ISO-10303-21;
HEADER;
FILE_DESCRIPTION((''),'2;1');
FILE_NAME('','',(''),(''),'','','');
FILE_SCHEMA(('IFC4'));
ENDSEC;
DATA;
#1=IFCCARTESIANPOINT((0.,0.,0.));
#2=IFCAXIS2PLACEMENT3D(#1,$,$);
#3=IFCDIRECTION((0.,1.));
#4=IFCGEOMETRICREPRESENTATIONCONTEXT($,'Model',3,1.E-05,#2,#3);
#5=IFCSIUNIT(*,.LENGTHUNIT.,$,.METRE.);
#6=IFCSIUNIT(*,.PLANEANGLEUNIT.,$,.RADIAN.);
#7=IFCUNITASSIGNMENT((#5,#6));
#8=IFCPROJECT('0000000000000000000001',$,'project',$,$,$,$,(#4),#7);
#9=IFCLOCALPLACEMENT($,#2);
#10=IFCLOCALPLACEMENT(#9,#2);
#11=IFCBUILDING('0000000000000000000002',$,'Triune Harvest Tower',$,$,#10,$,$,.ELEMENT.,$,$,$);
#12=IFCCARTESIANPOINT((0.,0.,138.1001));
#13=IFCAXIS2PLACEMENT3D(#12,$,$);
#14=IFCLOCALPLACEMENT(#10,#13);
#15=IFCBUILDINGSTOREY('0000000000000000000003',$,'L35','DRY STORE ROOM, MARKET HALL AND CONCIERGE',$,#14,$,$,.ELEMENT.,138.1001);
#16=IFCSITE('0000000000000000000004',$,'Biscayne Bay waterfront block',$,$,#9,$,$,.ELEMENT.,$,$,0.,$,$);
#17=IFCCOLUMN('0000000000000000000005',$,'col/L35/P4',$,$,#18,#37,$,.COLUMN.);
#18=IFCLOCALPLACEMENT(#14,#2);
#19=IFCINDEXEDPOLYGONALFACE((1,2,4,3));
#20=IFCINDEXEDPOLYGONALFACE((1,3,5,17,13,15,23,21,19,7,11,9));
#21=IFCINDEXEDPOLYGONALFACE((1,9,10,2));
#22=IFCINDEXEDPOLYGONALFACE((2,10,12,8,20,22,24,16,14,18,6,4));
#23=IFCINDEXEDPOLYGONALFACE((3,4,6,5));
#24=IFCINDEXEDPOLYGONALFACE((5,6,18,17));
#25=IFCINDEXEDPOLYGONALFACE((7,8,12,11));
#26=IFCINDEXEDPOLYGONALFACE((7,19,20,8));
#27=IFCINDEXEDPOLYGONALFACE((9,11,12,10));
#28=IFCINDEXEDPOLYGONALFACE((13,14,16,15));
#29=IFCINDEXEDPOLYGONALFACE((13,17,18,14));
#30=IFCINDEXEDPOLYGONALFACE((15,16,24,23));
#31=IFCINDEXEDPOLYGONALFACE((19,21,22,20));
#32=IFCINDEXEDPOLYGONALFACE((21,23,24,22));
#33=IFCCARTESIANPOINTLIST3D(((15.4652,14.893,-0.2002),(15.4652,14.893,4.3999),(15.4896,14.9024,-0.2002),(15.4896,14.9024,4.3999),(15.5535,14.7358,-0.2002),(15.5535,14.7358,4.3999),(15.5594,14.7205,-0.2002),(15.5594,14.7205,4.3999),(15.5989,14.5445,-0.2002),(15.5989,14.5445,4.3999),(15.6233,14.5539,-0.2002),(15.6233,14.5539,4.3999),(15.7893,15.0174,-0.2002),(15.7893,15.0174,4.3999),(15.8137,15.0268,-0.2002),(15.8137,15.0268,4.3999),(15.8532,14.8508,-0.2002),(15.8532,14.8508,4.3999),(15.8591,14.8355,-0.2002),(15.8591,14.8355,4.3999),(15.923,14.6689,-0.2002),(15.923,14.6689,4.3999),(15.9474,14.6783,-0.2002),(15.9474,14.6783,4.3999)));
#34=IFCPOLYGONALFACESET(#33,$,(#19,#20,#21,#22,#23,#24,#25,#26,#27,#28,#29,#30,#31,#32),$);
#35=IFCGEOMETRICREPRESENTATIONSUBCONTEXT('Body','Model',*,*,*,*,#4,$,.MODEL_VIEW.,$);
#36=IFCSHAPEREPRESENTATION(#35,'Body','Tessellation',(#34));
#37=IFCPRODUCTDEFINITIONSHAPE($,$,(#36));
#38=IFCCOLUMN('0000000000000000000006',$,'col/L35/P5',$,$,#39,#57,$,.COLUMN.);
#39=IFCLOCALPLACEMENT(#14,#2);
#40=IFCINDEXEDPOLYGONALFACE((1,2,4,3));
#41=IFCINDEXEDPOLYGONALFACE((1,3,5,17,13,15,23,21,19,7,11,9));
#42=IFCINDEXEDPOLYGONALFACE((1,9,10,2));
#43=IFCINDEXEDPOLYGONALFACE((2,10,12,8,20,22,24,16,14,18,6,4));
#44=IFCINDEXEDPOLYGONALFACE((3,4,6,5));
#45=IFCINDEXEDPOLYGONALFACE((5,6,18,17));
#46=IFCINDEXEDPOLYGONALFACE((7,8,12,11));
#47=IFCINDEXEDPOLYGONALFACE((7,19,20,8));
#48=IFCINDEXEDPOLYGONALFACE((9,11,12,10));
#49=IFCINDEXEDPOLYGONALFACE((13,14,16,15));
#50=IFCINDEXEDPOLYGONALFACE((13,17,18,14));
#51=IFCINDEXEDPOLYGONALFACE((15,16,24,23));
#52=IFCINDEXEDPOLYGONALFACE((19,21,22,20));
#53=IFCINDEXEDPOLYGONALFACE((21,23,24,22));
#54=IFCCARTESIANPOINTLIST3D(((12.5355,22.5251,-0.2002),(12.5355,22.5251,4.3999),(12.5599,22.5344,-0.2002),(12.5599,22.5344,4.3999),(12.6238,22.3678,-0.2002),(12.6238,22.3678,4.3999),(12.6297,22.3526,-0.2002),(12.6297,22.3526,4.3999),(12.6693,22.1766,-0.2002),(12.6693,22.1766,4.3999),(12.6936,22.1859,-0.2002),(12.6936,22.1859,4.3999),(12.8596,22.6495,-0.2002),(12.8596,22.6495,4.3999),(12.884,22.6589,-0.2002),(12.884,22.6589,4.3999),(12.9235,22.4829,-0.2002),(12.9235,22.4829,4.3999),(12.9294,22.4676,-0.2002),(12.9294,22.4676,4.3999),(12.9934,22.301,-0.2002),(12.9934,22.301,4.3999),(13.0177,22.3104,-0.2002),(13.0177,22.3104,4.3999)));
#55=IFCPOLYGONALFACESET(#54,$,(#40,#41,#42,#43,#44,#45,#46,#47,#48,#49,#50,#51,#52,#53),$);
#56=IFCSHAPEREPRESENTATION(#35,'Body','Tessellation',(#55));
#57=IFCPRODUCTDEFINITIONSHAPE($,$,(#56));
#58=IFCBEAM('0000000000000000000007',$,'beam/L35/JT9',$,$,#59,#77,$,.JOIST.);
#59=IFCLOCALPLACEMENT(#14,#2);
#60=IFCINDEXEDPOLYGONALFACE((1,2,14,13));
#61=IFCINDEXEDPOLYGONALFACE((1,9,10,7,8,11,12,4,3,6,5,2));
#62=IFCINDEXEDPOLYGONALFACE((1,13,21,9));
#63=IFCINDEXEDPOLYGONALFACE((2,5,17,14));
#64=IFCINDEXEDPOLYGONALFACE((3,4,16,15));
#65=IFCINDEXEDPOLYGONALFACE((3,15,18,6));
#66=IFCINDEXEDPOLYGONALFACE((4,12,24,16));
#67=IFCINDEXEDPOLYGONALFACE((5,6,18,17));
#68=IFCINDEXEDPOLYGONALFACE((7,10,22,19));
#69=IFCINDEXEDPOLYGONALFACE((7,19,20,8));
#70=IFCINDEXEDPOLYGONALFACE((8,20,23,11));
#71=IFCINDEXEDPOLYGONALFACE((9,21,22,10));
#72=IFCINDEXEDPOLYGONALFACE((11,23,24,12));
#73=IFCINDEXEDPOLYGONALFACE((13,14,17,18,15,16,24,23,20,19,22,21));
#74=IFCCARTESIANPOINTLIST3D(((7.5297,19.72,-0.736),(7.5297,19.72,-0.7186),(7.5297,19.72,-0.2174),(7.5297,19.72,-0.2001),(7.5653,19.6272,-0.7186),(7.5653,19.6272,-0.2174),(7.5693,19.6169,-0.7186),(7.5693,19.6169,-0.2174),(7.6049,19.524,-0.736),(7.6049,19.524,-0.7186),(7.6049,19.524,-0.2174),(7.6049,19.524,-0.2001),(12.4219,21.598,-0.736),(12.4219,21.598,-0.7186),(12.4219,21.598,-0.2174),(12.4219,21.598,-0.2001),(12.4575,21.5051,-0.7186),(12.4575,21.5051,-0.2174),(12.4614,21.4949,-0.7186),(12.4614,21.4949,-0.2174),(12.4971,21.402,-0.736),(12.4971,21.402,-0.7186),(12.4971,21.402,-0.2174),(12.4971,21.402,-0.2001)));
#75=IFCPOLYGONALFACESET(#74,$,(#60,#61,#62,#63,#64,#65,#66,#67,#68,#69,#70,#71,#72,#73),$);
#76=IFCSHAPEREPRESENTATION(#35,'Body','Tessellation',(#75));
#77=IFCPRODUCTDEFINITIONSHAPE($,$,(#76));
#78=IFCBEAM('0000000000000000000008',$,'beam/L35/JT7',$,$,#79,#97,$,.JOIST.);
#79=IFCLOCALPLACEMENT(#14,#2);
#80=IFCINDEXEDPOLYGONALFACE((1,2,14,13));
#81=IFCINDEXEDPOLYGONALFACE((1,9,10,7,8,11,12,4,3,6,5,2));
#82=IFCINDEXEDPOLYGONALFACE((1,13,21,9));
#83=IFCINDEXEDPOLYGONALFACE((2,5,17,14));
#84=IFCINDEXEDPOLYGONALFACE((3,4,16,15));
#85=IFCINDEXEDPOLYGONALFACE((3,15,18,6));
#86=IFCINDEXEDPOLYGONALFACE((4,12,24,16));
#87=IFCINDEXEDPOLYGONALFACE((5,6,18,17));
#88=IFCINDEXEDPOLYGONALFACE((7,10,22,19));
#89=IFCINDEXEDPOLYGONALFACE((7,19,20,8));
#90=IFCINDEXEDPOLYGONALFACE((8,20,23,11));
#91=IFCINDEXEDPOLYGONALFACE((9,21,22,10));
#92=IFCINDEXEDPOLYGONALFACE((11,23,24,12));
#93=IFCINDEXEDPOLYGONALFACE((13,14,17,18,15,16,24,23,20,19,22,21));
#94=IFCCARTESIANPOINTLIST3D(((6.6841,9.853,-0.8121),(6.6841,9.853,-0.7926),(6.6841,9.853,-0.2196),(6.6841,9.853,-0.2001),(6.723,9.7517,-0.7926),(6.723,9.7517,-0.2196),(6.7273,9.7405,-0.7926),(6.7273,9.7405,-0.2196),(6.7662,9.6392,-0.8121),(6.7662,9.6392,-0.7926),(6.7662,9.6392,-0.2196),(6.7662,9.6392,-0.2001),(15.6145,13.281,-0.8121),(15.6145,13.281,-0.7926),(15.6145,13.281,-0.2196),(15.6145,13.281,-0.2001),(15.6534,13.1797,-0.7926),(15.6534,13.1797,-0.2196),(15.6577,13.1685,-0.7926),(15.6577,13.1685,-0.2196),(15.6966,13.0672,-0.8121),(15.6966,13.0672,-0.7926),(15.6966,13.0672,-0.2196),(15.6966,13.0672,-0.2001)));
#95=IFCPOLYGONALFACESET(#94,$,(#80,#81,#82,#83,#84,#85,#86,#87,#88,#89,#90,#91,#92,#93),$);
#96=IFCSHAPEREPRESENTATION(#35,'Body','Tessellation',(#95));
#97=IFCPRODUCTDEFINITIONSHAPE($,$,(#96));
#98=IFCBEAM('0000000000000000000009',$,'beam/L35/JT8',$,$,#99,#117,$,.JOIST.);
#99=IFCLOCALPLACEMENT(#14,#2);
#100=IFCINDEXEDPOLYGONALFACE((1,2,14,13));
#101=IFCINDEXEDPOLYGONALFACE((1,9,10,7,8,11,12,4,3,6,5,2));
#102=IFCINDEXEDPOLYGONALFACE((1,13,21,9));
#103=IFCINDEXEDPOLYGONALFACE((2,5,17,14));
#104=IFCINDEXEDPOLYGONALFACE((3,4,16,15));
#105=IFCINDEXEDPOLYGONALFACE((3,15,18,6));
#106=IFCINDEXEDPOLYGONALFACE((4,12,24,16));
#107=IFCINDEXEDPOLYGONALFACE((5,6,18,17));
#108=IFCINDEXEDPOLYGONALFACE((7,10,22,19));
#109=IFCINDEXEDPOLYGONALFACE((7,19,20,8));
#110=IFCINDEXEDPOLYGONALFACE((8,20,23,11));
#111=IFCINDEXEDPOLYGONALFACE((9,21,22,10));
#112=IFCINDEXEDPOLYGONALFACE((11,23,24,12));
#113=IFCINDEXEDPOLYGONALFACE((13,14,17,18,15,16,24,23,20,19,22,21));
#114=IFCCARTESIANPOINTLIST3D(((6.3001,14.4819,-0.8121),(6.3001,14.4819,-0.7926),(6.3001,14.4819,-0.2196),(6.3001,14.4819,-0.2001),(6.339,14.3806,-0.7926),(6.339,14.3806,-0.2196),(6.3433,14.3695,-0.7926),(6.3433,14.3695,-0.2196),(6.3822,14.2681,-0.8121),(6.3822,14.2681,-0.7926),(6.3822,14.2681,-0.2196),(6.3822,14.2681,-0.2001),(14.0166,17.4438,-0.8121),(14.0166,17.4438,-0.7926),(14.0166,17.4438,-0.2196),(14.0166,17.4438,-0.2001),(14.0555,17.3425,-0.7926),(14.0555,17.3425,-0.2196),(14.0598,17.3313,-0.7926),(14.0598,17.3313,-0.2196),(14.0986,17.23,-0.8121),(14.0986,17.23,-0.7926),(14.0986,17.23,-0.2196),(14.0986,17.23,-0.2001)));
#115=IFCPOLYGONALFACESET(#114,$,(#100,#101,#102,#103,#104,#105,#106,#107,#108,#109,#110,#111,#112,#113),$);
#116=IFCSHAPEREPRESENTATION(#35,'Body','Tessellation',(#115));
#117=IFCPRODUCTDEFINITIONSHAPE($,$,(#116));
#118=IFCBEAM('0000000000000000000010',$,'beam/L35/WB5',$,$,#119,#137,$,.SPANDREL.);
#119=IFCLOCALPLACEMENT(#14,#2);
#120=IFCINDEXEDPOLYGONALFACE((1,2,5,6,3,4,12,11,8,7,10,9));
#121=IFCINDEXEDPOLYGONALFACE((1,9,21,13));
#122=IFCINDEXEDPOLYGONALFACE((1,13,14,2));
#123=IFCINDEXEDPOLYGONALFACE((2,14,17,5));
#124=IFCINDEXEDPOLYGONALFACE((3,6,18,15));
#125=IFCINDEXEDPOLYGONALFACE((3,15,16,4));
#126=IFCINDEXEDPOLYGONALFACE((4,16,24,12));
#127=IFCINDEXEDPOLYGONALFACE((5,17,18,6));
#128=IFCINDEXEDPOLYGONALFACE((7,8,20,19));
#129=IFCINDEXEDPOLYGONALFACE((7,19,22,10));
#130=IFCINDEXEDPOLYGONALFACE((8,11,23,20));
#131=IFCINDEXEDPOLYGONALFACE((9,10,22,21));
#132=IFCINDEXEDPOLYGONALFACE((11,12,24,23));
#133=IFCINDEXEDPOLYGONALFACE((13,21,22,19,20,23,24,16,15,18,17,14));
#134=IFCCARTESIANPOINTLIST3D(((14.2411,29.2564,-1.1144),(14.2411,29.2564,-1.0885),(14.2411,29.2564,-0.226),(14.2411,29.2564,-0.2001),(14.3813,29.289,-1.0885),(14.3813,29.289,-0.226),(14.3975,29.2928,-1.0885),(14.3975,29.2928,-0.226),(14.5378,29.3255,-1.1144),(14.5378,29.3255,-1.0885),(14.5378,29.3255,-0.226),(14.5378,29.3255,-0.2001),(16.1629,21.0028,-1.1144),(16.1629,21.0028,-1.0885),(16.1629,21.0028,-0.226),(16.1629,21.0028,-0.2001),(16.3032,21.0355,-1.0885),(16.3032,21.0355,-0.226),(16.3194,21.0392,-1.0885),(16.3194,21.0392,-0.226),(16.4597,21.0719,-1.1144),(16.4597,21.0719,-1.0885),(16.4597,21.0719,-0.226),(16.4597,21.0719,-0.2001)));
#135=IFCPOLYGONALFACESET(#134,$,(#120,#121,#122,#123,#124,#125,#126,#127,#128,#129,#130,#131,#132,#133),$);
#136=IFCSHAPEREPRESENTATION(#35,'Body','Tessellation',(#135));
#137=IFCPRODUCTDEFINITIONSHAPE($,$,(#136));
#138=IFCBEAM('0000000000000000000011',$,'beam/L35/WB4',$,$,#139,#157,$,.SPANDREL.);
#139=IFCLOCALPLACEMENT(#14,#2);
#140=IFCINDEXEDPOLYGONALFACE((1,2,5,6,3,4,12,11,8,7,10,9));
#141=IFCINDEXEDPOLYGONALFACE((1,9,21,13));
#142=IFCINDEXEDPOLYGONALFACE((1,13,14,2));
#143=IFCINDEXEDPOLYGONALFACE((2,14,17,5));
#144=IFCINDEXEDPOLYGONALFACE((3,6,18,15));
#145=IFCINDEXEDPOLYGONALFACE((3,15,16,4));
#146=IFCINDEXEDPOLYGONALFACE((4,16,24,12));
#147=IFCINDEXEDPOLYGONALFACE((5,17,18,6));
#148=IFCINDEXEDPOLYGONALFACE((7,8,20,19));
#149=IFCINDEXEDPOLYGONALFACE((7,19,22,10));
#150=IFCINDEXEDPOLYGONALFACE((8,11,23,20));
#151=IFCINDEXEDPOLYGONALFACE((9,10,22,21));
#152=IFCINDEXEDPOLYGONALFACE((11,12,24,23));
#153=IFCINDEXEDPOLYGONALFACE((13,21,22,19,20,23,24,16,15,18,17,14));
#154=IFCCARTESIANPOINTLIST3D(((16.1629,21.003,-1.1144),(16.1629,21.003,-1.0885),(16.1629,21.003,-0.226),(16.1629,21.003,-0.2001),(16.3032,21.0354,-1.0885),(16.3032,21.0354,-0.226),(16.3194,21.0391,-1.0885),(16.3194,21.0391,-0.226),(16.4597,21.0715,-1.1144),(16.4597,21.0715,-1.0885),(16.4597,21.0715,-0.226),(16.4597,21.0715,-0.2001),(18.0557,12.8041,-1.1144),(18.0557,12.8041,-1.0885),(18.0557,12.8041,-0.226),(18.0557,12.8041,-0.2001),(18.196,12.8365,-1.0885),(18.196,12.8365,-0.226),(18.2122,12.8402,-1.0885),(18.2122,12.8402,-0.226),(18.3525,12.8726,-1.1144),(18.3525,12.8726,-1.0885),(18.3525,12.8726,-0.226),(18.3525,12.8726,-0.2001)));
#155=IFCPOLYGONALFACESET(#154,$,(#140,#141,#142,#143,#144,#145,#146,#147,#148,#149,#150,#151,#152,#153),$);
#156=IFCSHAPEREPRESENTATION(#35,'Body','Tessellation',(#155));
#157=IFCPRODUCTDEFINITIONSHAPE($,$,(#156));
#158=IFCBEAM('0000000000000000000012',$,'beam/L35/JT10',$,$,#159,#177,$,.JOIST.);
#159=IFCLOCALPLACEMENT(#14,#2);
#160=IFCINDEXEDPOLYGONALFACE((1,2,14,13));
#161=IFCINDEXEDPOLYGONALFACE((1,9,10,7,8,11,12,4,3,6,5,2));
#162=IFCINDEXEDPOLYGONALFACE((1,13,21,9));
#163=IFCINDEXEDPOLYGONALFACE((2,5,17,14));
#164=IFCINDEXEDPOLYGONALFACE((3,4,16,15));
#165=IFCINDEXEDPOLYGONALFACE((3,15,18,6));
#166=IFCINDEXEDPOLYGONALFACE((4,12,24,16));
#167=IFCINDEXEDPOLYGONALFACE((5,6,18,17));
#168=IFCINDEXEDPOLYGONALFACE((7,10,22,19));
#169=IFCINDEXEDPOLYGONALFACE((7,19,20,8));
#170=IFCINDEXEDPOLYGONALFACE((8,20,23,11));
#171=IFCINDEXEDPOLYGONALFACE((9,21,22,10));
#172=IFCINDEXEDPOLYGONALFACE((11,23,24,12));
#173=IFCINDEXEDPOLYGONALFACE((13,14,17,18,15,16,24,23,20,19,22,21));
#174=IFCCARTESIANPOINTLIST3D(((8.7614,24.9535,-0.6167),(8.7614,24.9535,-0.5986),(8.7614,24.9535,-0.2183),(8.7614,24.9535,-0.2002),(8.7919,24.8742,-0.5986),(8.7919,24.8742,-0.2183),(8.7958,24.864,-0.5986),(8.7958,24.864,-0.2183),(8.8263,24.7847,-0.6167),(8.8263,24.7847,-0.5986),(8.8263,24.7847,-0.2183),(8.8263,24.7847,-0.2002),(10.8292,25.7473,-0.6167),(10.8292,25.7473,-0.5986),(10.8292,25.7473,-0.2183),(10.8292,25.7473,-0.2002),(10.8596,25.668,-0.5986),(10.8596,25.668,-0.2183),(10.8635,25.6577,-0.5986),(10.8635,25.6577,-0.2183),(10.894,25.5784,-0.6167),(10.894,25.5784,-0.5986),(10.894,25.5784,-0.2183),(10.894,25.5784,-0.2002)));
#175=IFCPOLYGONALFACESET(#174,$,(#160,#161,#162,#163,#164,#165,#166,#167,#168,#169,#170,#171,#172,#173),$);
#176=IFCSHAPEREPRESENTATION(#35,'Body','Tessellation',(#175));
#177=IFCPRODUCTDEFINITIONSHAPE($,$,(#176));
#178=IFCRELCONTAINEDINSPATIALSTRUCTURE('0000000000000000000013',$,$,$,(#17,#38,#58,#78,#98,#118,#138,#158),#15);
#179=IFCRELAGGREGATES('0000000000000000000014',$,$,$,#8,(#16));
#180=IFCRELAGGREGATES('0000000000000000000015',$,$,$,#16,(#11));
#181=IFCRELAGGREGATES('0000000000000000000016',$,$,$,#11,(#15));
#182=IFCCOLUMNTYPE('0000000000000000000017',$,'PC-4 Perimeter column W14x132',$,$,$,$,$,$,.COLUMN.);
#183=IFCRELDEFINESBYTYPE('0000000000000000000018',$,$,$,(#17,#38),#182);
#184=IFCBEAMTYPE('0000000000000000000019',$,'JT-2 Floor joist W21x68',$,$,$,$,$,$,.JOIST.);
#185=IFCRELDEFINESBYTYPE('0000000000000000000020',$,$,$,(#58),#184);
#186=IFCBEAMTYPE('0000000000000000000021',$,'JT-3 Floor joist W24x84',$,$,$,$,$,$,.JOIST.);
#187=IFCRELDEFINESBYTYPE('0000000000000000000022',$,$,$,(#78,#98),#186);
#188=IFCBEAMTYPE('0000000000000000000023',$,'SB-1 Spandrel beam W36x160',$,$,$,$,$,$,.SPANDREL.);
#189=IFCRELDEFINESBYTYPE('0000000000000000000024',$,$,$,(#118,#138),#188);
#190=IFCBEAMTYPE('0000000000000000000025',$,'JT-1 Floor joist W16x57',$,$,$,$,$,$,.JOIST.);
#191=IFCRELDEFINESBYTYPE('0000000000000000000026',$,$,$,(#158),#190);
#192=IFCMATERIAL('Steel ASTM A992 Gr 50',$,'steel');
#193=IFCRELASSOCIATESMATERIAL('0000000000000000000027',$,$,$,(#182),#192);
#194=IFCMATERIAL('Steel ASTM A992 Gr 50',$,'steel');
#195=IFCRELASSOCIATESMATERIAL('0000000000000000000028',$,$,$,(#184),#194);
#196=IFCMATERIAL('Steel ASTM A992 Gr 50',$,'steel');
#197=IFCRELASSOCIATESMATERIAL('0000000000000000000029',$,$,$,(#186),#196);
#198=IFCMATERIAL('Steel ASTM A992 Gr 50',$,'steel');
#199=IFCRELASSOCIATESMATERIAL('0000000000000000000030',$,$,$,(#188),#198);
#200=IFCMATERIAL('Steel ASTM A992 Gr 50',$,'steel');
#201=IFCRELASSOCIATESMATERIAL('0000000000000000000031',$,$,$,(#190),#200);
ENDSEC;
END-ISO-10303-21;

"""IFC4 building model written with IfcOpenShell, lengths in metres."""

from ifc_helpers import new_model, si_unit, direction, frame, origin, origin_2d, place, context, subcontext, project, spatial, i_section, extrude, source, transform, mapped, material, material_profile, profile_set, type_object, element, save


model = new_model("IFC4")

# Units and contexts
model_context = context("Model", 3, precision=1e-05, world=origin(), true_north=direction((0.0, 1.0)))
body_context = subcontext(model_context, "Body", "Model", "MODEL_VIEW")
ifc_project = project(units=[si_unit("LENGTHUNIT", "METRE"), si_unit("PLANEANGLEUNIT", "RADIAN")], contexts=[model_context])

# Site, building, storey
site_placement = place(None, origin())
site = spatial("IfcSite", under=ifc_project, at=site_placement, Name="Biscayne Bay waterfront block", CompositionType="ELEMENT", RefElevation=0.0)
building_placement = place(site_placement, origin())
building = spatial("IfcBuilding", under=site, at=building_placement, Name="Triune Harvest Tower", CompositionType="ELEMENT")
storey_placement = place(building_placement, frame((0.0, 0.0, 138.1001)))
storey = spatial("IfcBuildingStorey", under=building, at=storey_placement, Name="L35", Description="DRY STORE ROOM, MARKET HALL AND CONCIERGE", CompositionType="ELEMENT", Elevation=138.1001)

# Columns
ifc_material_1 = material(Name="Steel ASTM A992 Gr 50", Category="steel")
ifc_material_profile_1 = material_profile(ifc_material_1, i_section(OverallWidth=0.3733, OverallDepth=0.3733, WebThickness=0.0164, FlangeThickness=0.0261, at=origin_2d()), Name="W14x132")
ifc_profile_set_1 = profile_set([ifc_material_profile_1], Name="Steel ASTM A992 Gr 50")
column_type = type_object("IfcColumnType", Name="PC-4 Perimeter column W14x132", PredefinedType="COLUMN", material=ifc_profile_set_1)
shared_shape_1 = source(origin(), body_context, "Body", "SweptSolid", [
    extrude(i_section(OverallWidth=0.3733, OverallDepth=0.3733, WebThickness=0.0164, FlangeThickness=0.0261, at=origin_2d()), origin(), (0.0, 0.0, 1.0), 4.6001),
])
for number, where, z_axis, x_axis, name in (
    (1, (15.7063, 14.7856, -0.2002), (0.0, 0.0, 1.0), (-0.358368, 0.93358, 0.0), "col/L35/P4"),
    (2, (12.7766, 22.4177, -0.2002), (0.0, 0.0, 1.0), (-0.358368, 0.93358, 0.0), "col/L35/P5"),
):
    element("IfcColumn", number, at=place(storey_placement, frame(where, z_axis=z_axis, x_axis=x_axis)), inside=storey, type_object=column_type, Name=name, PredefinedType="COLUMN", context=body_context, shape_type="MappedRepresentation", body=[
        mapped(shared_shape_1, transform((0.0, 0.0, 0.0), scale=1.0)),
    ])

# Beams
ifc_material_2 = material(Name="Steel ASTM A992 Gr 50", Category="steel")
ifc_material_profile_2 = material_profile(ifc_material_2, i_section(OverallWidth=0.21, OverallDepth=0.5359, WebThickness=0.011, FlangeThickness=0.0173, at=origin_2d()), Name="W21x68")
ifc_profile_set_2 = profile_set([ifc_material_profile_2], Name="Steel ASTM A992 Gr 50")
beam_type_1 = type_object("IfcBeamType", Name="JT-2 Floor joist W21x68", PredefinedType="JOIST", material=ifc_profile_set_2)
beam_1_placement = place(storey_placement, frame((12.4595, 21.5, -0.468), z_axis=(-0.933578, -0.358373, 0.0), x_axis=(0.358373, -0.933578, 0.0)))
element("IfcBeam", 3, at=beam_1_placement, inside=storey, type_object=beam_type_1, Name="beam/L35/JT9", PredefinedType="JOIST", context=body_context, shape_type="SweptSolid", body=[
    extrude(i_section(OverallWidth=0.21, OverallDepth=0.5359, WebThickness=0.011, FlangeThickness=0.0173, at=origin_2d()), origin(), (0.0, 0.0, 1.0), 5.2402),
])
ifc_material_3 = material(Name="Steel ASTM A992 Gr 50", Category="steel")
ifc_material_profile_3 = material_profile(ifc_material_3, i_section(OverallWidth=0.229, OverallDepth=0.6121, WebThickness=0.012, FlangeThickness=0.0195, at=origin_2d()), Name="W24x84")
ifc_profile_set_3 = profile_set([ifc_material_profile_3], Name="Steel ASTM A992 Gr 50")
beam_type_2 = type_object("IfcBeamType", Name="JT-3 Floor joist W24x84", PredefinedType="JOIST", material=ifc_profile_set_3)
beam_2_placement = place(storey_placement, frame((15.6555, 13.1741, -0.5061), z_axis=(-0.933584, -0.35836, 0.0), x_axis=(0.35836, -0.933584, 0.0)))
element("IfcBeam", 4, at=beam_2_placement, inside=storey, type_object=beam_type_2, Name="beam/L35/JT7", PredefinedType="JOIST", context=body_context, shape_type="SweptSolid", body=[
    extrude(i_section(OverallWidth=0.229, OverallDepth=0.6121, WebThickness=0.012, FlangeThickness=0.0195, at=origin_2d()), origin(), (0.0, 0.0, 1.0), 9.5657),
])
beam_3_placement = place(storey_placement, frame((14.0576, 17.3369, -0.5061), z_axis=(-0.933588, -0.358348, 0.0), x_axis=(0.358348, -0.933588, 0.0)))
element("IfcBeam", 5, at=beam_3_placement, inside=storey, type_object=beam_type_2, Name="beam/L35/JT8", PredefinedType="JOIST", context=body_context, shape_type="SweptSolid", body=[
    extrude(i_section(OverallWidth=0.229, OverallDepth=0.6121, WebThickness=0.012, FlangeThickness=0.0195, at=origin_2d()), origin(), (0.0, 0.0, 1.0), 8.2654),
])
ifc_material_4 = material(Name="Steel ASTM A992 Gr 50", Category="steel")
ifc_material_profile_4 = material_profile(ifc_material_4, i_section(OverallWidth=0.3047, OverallDepth=0.9143, WebThickness=0.0166, FlangeThickness=0.0259, at=origin_2d()), Name="W36x160")
ifc_profile_set_4 = profile_set([ifc_material_profile_4], Name="Steel ASTM A992 Gr 50")
beam_type_3 = type_object("IfcBeamType", Name="SB-1 Spandrel beam W36x160", PredefinedType="SPANDREL", material=ifc_profile_set_4)
beam_4_placement = place(storey_placement, frame((16.3113, 21.0374, -0.6572), z_axis=(-0.226784, 0.973945, 0.0), x_axis=(-0.973945, -0.226784, 0.0)))
element("IfcBeam", 6, at=beam_4_placement, inside=storey, type_object=beam_type_3, Name="beam/L35/WB5", PredefinedType="SPANDREL", context=body_context, shape_type="SweptSolid", body=[
    extrude(i_section(OverallWidth=0.3047, OverallDepth=0.9143, WebThickness=0.0166, FlangeThickness=0.0259, at=origin_2d()), origin(), (0.0, 0.0, 1.0), 8.4744),
])
shared_shape_2 = source(origin(), body_context, "Body", "SweptSolid", [
    extrude(i_section(OverallWidth=0.3047, OverallDepth=0.9143, WebThickness=0.0166, FlangeThickness=0.0259, at=origin_2d()), origin(), (0.0, 0.0, 1.0), 8.4146),
])
beam_5_placement = place(storey_placement, frame((18.2041, 12.8384, -0.6572), z_axis=(-0.224944, 0.974372, 0.0), x_axis=(-0.974372, -0.224944, 0.0)))
element("IfcBeam", 7, at=beam_5_placement, inside=storey, type_object=beam_type_3, Name="beam/L35/WB4", PredefinedType="SPANDREL", context=body_context, shape_type="MappedRepresentation", body=[
    mapped(shared_shape_2, transform((0.0, 0.0, 0.0), scale=1.0)),
])
ifc_material_5 = material(Name="Steel ASTM A992 Gr 50", Category="steel")
ifc_material_profile_5 = material_profile(ifc_material_5, i_section(OverallWidth=0.1809, OverallDepth=0.4165, WebThickness=0.011, FlangeThickness=0.0181, at=origin_2d()), Name="W16x57")
ifc_profile_set_5 = profile_set([ifc_material_profile_5], Name="Steel ASTM A992 Gr 50")
beam_type_4 = type_object("IfcBeamType", Name="JT-1 Floor joist W16x57", PredefinedType="JOIST", material=ifc_profile_set_5)
shared_shape_3 = source(origin(), body_context, "Body", "SweptSolid", [
    extrude(i_section(OverallWidth=0.1809, OverallDepth=0.4165, WebThickness=0.011, FlangeThickness=0.0181, at=origin_2d()), origin(), (0.0, 0.0, 1.0), 2.2148),
])
beam_6_placement = place(storey_placement, frame((10.8616, 25.6628, -0.4084), z_axis=(-0.933578, -0.358373, 0.0), x_axis=(0.358373, -0.933578, 0.0)))
element("IfcBeam", 8, at=beam_6_placement, inside=storey, type_object=beam_type_4, Name="beam/L35/JT10", PredefinedType="JOIST", context=body_context, shape_type="MappedRepresentation", body=[
    mapped(shared_shape_3, transform((0.0, 0.0, 0.0), scale=1.0)),
])

save(model, "model.ifc")
